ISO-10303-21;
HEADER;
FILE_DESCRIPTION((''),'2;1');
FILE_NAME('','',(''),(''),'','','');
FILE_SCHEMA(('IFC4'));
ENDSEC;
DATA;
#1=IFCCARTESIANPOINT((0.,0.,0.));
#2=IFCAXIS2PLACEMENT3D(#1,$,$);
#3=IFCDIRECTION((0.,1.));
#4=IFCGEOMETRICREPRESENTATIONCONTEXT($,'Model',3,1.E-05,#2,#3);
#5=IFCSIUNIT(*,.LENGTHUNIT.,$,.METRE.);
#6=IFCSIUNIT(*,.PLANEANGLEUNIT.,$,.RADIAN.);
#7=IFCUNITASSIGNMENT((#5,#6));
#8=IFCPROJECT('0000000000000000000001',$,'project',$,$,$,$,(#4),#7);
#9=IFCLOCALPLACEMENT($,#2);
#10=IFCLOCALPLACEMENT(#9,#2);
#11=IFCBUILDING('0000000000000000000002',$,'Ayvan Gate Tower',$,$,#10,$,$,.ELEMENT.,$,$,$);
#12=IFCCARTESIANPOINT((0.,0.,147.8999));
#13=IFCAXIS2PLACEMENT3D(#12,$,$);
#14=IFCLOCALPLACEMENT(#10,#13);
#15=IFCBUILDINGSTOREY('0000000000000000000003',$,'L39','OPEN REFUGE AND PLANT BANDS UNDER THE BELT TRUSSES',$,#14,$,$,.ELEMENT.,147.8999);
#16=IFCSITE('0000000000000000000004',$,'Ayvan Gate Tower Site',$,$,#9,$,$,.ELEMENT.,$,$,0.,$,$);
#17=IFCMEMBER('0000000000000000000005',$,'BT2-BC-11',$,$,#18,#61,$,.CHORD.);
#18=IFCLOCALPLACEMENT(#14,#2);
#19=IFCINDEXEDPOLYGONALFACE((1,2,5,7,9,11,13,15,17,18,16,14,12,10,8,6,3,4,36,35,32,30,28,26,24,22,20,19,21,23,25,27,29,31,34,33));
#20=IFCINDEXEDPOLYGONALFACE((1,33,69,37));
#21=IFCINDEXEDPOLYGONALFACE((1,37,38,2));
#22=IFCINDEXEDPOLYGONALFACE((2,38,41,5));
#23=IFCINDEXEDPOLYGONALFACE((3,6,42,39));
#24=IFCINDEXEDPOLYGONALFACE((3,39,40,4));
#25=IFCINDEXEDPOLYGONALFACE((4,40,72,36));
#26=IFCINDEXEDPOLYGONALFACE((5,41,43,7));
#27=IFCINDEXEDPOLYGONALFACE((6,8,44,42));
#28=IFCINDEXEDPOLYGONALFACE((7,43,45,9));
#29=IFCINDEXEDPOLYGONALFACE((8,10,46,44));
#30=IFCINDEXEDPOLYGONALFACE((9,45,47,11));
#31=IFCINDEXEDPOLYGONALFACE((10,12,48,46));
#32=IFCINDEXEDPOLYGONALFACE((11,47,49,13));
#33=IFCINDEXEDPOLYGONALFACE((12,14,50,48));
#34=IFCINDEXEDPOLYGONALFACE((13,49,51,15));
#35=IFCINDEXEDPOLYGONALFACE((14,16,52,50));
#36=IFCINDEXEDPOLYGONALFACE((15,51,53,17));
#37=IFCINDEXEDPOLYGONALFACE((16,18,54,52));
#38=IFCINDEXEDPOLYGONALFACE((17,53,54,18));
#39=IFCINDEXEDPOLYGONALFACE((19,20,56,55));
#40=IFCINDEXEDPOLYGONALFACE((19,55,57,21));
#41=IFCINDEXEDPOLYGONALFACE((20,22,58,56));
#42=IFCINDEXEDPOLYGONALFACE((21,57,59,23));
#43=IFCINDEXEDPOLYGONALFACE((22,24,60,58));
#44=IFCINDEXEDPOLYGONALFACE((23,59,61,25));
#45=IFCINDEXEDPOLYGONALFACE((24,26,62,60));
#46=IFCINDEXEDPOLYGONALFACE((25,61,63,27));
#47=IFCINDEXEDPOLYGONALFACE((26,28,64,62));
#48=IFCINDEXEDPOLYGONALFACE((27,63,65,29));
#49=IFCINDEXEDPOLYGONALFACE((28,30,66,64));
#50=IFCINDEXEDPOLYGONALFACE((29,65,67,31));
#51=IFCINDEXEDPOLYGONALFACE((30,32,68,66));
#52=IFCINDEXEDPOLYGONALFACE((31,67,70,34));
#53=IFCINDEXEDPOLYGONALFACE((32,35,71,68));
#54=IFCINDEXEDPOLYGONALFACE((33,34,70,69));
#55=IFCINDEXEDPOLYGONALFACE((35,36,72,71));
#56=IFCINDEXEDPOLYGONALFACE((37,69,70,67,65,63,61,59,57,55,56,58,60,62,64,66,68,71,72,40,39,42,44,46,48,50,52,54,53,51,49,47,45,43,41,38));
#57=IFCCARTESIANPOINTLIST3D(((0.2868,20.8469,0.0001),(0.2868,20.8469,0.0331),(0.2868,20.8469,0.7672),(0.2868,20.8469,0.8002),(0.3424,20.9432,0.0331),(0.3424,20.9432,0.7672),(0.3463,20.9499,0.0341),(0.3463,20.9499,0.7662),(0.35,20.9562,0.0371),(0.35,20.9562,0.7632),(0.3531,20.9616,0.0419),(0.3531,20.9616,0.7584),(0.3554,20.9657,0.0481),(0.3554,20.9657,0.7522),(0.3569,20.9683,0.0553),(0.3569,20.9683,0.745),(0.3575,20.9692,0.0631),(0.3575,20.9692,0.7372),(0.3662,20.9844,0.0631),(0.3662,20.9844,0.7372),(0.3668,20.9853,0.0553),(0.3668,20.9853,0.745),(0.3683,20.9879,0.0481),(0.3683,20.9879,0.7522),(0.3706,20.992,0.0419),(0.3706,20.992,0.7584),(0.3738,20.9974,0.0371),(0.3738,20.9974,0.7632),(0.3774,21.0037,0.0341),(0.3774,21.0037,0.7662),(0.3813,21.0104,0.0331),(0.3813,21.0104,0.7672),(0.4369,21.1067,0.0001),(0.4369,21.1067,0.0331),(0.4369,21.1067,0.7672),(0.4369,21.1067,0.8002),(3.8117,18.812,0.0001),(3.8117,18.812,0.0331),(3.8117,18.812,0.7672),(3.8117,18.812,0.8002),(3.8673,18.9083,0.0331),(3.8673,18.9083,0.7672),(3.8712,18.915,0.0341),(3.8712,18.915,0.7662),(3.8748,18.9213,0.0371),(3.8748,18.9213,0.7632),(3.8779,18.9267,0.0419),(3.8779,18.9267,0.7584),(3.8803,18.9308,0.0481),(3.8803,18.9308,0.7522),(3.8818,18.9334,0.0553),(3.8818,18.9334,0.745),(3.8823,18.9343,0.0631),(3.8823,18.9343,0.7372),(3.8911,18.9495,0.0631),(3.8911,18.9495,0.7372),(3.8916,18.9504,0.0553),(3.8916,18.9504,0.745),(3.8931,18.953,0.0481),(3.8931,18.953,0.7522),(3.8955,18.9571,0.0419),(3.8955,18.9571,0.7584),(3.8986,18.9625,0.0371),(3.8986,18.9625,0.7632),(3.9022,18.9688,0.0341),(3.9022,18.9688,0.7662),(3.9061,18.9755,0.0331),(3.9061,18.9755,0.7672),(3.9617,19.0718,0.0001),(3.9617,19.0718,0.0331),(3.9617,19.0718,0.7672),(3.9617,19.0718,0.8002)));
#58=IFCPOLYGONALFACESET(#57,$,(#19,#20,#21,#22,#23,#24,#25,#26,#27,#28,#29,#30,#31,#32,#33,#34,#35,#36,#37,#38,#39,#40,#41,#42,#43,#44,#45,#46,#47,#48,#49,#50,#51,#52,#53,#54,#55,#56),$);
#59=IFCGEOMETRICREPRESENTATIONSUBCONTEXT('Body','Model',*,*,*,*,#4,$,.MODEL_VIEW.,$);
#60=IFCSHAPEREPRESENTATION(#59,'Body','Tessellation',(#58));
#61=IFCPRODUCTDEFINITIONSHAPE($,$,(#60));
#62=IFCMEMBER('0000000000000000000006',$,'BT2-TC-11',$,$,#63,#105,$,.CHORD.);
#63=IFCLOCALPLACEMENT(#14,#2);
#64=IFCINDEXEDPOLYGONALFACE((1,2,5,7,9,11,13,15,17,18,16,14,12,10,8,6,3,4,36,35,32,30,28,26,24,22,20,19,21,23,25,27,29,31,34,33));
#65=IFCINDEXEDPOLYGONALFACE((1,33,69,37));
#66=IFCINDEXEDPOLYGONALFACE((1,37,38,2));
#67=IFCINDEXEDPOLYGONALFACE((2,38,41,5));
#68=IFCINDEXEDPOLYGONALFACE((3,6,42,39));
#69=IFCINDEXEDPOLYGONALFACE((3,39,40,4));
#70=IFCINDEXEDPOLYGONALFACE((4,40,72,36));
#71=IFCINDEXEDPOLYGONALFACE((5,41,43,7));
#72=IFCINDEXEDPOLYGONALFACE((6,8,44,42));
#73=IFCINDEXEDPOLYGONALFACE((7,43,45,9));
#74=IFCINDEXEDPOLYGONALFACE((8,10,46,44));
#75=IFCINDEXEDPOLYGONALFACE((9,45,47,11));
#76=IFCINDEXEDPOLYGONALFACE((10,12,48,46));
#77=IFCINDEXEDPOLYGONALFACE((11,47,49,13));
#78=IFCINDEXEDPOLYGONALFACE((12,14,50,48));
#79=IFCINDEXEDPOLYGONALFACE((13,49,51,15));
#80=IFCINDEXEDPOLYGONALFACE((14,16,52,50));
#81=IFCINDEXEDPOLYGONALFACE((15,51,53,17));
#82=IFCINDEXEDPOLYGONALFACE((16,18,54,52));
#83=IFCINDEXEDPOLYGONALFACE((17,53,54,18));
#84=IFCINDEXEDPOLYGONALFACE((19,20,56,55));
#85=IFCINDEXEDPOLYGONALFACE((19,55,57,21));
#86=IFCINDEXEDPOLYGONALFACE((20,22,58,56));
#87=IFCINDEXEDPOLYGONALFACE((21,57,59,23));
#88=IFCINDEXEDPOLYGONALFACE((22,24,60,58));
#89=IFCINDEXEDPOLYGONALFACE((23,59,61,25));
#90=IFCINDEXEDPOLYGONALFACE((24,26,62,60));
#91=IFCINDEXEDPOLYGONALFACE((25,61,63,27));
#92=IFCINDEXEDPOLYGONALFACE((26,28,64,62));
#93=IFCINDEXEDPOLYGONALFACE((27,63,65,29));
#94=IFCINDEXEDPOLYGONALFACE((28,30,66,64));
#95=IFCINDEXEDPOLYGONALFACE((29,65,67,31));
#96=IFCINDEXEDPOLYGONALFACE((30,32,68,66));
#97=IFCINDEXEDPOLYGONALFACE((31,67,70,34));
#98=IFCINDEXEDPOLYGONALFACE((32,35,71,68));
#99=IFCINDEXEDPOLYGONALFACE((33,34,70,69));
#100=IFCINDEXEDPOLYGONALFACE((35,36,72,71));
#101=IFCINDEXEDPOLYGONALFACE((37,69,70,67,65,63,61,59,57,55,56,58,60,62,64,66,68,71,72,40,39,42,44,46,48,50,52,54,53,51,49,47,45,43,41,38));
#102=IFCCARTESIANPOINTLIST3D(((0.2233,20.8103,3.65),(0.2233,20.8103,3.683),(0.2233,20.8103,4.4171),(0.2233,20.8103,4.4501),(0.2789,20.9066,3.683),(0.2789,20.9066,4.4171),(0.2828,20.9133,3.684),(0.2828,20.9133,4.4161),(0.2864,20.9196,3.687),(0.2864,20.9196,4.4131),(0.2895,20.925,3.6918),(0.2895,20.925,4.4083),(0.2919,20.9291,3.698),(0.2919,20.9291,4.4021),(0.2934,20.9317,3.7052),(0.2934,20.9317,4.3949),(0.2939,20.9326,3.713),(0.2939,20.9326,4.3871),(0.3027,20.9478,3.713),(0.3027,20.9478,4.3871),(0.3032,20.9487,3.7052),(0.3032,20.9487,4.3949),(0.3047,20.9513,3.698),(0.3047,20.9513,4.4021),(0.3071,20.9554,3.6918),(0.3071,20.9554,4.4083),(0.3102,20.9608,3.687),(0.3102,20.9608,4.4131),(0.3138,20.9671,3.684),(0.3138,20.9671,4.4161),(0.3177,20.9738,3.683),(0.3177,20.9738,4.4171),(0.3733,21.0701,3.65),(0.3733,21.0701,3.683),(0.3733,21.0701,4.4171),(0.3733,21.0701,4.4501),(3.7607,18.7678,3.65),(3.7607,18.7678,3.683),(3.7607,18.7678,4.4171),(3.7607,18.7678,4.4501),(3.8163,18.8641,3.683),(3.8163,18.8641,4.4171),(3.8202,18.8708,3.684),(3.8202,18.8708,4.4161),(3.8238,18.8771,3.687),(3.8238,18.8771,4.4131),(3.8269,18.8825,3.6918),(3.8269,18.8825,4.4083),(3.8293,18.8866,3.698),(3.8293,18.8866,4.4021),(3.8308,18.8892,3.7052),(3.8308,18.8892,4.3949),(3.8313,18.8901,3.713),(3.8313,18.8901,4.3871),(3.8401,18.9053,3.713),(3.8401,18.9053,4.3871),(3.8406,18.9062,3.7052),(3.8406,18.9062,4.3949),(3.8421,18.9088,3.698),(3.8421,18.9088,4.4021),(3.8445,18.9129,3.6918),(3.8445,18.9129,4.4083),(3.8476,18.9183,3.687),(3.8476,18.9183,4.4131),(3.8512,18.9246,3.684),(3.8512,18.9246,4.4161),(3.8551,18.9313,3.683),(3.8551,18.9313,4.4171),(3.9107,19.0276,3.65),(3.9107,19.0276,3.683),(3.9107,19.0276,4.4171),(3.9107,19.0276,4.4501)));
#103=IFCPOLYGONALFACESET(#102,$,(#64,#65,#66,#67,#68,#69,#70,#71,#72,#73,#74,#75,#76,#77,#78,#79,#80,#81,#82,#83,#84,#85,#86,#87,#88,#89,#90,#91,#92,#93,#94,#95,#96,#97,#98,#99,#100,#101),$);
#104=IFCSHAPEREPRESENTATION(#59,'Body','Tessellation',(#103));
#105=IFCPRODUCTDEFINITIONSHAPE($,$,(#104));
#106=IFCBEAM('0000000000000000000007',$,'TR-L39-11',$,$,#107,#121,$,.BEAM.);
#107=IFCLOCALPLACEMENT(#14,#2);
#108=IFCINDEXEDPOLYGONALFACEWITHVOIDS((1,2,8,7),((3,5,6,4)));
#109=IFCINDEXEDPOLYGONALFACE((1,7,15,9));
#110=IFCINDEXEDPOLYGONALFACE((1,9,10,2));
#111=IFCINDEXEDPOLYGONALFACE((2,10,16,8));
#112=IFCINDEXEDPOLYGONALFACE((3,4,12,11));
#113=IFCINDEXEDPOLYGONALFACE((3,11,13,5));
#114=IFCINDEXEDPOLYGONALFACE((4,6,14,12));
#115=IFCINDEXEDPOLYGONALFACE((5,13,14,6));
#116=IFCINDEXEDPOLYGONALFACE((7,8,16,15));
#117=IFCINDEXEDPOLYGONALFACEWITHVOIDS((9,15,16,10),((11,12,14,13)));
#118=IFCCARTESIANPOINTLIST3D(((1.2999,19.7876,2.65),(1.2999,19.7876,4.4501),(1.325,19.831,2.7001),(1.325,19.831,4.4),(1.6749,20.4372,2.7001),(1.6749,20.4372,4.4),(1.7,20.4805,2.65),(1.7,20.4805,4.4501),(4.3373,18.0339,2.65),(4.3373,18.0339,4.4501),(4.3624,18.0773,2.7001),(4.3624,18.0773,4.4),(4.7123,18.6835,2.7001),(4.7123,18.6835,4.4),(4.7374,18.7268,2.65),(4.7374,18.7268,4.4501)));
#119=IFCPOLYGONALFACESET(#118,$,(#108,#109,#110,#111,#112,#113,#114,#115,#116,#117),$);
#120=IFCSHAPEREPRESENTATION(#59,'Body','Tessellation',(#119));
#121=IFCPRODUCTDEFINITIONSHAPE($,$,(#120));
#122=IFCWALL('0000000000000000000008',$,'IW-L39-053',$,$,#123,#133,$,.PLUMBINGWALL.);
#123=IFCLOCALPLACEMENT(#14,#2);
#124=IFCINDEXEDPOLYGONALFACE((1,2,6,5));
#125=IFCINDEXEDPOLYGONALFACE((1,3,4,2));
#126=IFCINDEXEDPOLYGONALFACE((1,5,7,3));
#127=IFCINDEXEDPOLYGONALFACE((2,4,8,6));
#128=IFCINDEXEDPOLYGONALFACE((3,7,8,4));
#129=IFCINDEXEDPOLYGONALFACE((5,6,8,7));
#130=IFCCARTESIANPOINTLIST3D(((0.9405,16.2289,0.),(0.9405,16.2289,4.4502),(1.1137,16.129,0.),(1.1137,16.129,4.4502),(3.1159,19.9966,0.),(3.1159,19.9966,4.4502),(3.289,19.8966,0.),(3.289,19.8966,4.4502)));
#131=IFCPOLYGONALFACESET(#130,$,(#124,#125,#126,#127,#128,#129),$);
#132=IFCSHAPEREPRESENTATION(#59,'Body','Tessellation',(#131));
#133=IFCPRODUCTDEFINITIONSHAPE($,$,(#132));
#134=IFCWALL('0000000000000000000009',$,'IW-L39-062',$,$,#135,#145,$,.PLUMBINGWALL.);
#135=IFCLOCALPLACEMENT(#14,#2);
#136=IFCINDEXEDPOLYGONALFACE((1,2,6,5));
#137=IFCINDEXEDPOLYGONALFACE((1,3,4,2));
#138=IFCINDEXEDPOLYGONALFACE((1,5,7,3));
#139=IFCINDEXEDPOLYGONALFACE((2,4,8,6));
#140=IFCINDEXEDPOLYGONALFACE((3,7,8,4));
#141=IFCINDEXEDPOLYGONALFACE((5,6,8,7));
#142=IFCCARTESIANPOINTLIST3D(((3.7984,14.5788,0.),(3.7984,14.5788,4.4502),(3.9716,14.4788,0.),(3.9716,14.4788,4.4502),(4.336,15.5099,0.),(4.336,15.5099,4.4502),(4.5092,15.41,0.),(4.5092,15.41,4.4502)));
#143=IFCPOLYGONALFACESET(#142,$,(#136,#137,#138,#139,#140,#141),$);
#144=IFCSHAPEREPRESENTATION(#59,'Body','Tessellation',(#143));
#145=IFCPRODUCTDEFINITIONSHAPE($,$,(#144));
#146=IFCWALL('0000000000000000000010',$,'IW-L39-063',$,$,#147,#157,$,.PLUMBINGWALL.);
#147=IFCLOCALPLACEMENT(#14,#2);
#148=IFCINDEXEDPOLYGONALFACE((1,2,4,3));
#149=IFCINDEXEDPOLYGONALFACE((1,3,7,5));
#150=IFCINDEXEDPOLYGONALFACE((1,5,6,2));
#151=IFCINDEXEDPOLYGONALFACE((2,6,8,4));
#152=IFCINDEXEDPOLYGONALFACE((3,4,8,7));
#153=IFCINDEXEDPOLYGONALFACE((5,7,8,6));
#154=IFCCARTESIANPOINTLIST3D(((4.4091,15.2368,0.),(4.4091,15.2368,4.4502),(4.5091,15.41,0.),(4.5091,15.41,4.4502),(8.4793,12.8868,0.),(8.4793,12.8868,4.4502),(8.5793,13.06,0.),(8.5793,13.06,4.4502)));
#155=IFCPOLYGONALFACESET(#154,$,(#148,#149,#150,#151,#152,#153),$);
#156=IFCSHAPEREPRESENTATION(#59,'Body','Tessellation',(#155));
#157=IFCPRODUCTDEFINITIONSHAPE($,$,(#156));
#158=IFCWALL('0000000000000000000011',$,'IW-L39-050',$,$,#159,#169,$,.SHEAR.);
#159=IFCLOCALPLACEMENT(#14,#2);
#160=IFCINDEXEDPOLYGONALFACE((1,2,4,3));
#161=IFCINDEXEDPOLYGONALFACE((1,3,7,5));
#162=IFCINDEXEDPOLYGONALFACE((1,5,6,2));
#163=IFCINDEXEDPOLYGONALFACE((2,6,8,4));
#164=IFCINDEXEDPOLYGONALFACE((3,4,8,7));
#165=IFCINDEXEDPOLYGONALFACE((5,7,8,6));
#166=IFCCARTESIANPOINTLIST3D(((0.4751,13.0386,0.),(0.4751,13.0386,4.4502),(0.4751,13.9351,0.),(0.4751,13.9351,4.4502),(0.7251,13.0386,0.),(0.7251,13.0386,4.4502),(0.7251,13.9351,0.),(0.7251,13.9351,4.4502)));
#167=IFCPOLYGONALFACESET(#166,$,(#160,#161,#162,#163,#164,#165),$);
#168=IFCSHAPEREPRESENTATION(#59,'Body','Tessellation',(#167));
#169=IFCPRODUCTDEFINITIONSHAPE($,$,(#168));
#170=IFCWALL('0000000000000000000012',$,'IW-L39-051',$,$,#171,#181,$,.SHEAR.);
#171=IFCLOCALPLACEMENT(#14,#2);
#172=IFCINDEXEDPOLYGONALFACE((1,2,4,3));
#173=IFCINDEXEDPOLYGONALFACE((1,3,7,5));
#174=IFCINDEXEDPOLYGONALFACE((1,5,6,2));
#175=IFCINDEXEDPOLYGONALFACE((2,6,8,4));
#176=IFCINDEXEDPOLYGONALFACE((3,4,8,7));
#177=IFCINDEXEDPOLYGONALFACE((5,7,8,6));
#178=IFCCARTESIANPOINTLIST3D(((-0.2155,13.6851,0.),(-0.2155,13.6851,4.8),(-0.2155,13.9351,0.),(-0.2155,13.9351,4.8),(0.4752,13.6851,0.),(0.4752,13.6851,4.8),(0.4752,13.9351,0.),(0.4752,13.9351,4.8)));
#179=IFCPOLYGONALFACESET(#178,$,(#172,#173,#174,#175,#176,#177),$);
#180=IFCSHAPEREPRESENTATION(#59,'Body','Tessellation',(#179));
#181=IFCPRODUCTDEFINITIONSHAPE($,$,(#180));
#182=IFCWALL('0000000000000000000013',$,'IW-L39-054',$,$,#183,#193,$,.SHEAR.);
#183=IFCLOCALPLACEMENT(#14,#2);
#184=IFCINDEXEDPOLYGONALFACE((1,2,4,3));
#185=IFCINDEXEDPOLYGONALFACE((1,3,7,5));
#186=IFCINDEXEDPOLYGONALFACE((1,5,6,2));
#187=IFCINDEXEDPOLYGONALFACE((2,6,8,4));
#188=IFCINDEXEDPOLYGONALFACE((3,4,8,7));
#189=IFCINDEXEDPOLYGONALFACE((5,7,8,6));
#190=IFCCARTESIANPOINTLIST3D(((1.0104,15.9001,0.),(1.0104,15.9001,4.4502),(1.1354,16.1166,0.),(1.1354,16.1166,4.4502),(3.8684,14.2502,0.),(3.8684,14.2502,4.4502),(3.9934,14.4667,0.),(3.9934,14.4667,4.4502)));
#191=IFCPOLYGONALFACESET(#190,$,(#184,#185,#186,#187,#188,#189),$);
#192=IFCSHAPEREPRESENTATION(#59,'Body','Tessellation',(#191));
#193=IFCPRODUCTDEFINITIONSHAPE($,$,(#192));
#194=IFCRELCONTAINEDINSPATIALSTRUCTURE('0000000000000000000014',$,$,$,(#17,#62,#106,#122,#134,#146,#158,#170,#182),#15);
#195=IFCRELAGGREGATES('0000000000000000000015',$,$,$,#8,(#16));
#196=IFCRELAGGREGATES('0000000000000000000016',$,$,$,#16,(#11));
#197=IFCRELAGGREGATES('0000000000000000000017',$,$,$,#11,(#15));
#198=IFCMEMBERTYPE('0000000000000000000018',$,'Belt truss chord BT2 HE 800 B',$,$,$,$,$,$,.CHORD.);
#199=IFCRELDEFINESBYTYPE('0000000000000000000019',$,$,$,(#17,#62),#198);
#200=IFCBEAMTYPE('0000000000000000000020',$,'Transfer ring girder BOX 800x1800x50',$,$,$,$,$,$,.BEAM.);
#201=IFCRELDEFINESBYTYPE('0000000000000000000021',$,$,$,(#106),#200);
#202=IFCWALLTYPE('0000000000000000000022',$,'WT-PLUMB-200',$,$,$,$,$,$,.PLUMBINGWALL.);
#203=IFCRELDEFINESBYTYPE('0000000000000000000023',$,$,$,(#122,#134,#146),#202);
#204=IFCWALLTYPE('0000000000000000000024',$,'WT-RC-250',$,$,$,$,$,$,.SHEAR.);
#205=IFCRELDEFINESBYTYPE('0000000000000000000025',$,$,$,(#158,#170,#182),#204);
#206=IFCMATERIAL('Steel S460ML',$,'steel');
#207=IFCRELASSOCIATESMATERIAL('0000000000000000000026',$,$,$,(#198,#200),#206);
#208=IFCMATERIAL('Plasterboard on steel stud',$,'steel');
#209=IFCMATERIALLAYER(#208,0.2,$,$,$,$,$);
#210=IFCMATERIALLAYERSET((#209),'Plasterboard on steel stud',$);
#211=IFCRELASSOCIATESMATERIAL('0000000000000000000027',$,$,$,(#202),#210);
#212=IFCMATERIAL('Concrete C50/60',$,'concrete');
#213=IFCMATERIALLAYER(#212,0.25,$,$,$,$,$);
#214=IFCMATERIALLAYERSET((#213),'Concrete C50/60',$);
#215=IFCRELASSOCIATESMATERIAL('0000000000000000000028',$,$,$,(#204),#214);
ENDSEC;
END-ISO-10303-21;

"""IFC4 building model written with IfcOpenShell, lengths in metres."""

from ifc_helpers import new_model, si_unit, direction, frame, frame_2d, origin, origin_2d, place, context, subcontext, project, spatial, rectangle, hollow_rectangle, i_section, extrude, material, layer, layer_set, material_profile, profile_set, type_object, element, save


model = new_model("IFC4")

# Units and contexts
model_context = context("Model", 3, precision=1e-05, world=origin(), true_north=direction((0.0, 1.0)))
body_context = subcontext(model_context, "Body", "Model", "MODEL_VIEW")
ifc_project = project(units=[si_unit("LENGTHUNIT", "METRE"), si_unit("PLANEANGLEUNIT", "RADIAN")], contexts=[model_context])

# Site, building, storey
site_placement = place(None, origin())
site = spatial("IfcSite", under=ifc_project, at=site_placement, Name="Ayvan Gate Tower Site", CompositionType="ELEMENT", RefElevation=0.0)
building_placement = place(site_placement, origin())
building = spatial("IfcBuilding", under=site, at=building_placement, Name="Ayvan Gate Tower", CompositionType="ELEMENT")
storey_placement = place(building_placement, frame((0.0, 0.0, 147.8999)))
storey = spatial("IfcBuildingStorey", under=building, at=storey_placement, Name="L39", Description="OPEN REFUGE AND PLANT BANDS UNDER THE BELT TRUSSES", CompositionType="ELEMENT", Elevation=147.8999)

# Members
ifc_material_1 = material(Name="Steel S460ML", Category="steel")
ifc_material_profile_1 = material_profile(ifc_material_1, i_section(OverallWidth=0.3, OverallDepth=0.8, WebThickness=0.0176, FlangeThickness=0.033, FilletRadius=0.03, at=origin_2d()), Name="HE 800 B")
ifc_profile_set_1 = profile_set([ifc_material_profile_1], Name="Steel S460ML")
member_type_1 = type_object("IfcMemberType", Name="Belt truss chord BT2 HE 800 B", PredefinedType="CHORD", material=ifc_profile_set_1)
member_1_placement = place(storey_placement, frame((3.8867, 18.9419, 0.4001), z_axis=(-0.866046, 0.499965, 0.0), x_axis=(-0.499965, -0.866046, 0.0)))
element("IfcMember", 1, at=member_1_placement, inside=storey, type_object=member_type_1, Name="BT2-BC-11", PredefinedType="CHORD", context=body_context, shape_type="SweptSolid", body=[
    extrude(i_section(OverallWidth=0.3, OverallDepth=0.8, WebThickness=0.0176, FlangeThickness=0.033, FilletRadius=0.03, at=origin_2d()), origin(), (0.0, 0.0, 1.0), 4.0701),
])
member_2_placement = place(storey_placement, frame((3.8357, 18.8977, 4.05), z_axis=(-0.866005, 0.500035, 0.0), x_axis=(-0.500035, -0.866005, 0.0)))
element("IfcMember", 2, at=member_2_placement, inside=storey, type_object=member_type_1, Name="BT2-TC-11", PredefinedType="CHORD", context=body_context, shape_type="SweptSolid", body=[
    extrude(i_section(OverallWidth=0.3, OverallDepth=0.8, WebThickness=0.0176, FlangeThickness=0.033, FilletRadius=0.03, at=origin_2d()), origin(), (0.0, 0.0, 1.0), 4.0847),
])

# Beam
ifc_material_profile_2 = material_profile(ifc_material_1, hollow_rectangle(XDim=0.8, YDim=1.8, WallThickness=0.05, at=origin_2d()), Name="BOX 800x1800x50")
ifc_profile_set_2 = profile_set([ifc_material_profile_2], Name="Steel S460ML")
beam_type = type_object("IfcBeamType", Name="Transfer ring girder BOX 800x1800x50", PredefinedType="BEAM", material=ifc_profile_set_2)
beam_placement = place(storey_placement, frame((4.5374, 18.3804, 3.55), z_axis=(-0.86602, 0.50001, 0.0), x_axis=(-0.50001, -0.86602, 0.0)))
element("IfcBeam", 3, at=beam_placement, inside=storey, type_object=beam_type, Name="TR-L39-11", PredefinedType="BEAM", context=body_context, shape_type="SweptSolid", body=[
    extrude(hollow_rectangle(XDim=0.8, YDim=1.8, WallThickness=0.05, at=origin_2d()), origin(), (0.0, 0.0, 1.0), 3.5073),
])

# Walls
ifc_material_2 = material(Name="Plasterboard on steel stud", Category="steel")
ifc_layer_1 = layer(ifc_material_2, 0.2)
ifc_layer_set_1 = layer_set([ifc_layer_1], Name="Plasterboard on steel stud")
wall_type_1 = type_object("IfcWallType", Name="WT-PLUMB-200", PredefinedType="PLUMBINGWALL", material=ifc_layer_set_1)
wall_1_placement = place(storey_placement, frame((1.0271, 16.179, 0.0), z_axis=(0.0, 0.0, 1.0), x_axis=(0.500014, 0.866017, 0.0)))
element("IfcWall", 4, at=wall_1_placement, inside=storey, type_object=wall_type_1, Name="IW-L39-053", PredefinedType="PLUMBINGWALL", context=body_context, shape_type="SweptSolid", body=[
    extrude(rectangle(XDim=4.3506, YDim=0.2, at=frame_2d((2.1753, 0.0))), origin(), (0.0, 0.0, 1.0), 4.4502),
])
wall_2_placement = place(storey_placement, frame((3.885, 14.5288, 0.0), z_axis=(0.0, 0.0, 1.0), x_axis=(0.499998, 0.866027, 0.0)))
element("IfcWall", 5, at=wall_2_placement, inside=storey, type_object=wall_type_1, Name="IW-L39-062", PredefinedType="PLUMBINGWALL", context=body_context, shape_type="SweptSolid", body=[
    extrude(rectangle(XDim=1.0752, YDim=0.2, at=frame_2d((0.5376, 0.0))), origin(), (0.0, 0.0, 1.0), 4.4502),
])
wall_3_placement = place(storey_placement, frame((4.459, 15.3235, 0.0), z_axis=(0.0, 0.0, 1.0), x_axis=(0.866016, -0.500016, 0.0)))
element("IfcWall", 6, at=wall_3_placement, inside=storey, type_object=wall_type_1, Name="IW-L39-063", PredefinedType="PLUMBINGWALL", context=body_context, shape_type="SweptSolid", body=[
    extrude(rectangle(XDim=4.7, YDim=0.2, at=frame_2d((2.3501, 0.0))), origin(), (0.0, 0.0, 1.0), 4.4502),
])
ifc_material_3 = material(Name="Concrete C50/60", Category="concrete")
ifc_layer_2 = layer(ifc_material_3, 0.25)
ifc_layer_set_2 = layer_set([ifc_layer_2], Name="Concrete C50/60")
wall_type_2 = type_object("IfcWallType", Name="WT-RC-250", PredefinedType="SHEAR", material=ifc_layer_set_2)
wall_4_placement = place(storey_placement, frame((0.6001, 13.0386, 0.0), z_axis=(0.0, 0.0, 1.0), x_axis=(0.0, 1.0, 0.0)))
element("IfcWall", 7, at=wall_4_placement, inside=storey, type_object=wall_type_2, Name="IW-L39-050", PredefinedType="SHEAR", context=body_context, shape_type="SweptSolid", body=[
    extrude(rectangle(XDim=0.8965, YDim=0.25, at=frame_2d((0.4482, 0.0))), origin(), (0.0, 0.0, 1.0), 4.4502),
])
wall_5_placement = place(storey_placement, frame((0.4751, 13.8101, 0.0), z_axis=(0.0, 0.0, 1.0), x_axis=(-1.0, 0.0, 0.0)))
element("IfcWall", 8, at=wall_5_placement, inside=storey, type_object=wall_type_2, Name="IW-L39-051", PredefinedType="SHEAR", context=body_context, shape_type="SweptSolid", body=[
    extrude(rectangle(XDim=0.6907, YDim=0.25, at=frame_2d((0.3452, 0.0))), origin(), (0.0, 0.0, 1.0), 4.8),
])
wall_6_placement = place(storey_placement, frame((1.073, 16.0083, 0.0), z_axis=(0.0, 0.0, 1.0), x_axis=(0.86604, -0.499974, 0.0)))
element("IfcWall", 9, at=wall_6_placement, inside=storey, type_object=wall_type_2, Name="IW-L39-054", PredefinedType="SHEAR", context=body_context, shape_type="SweptSolid", body=[
    extrude(rectangle(XDim=3.3, YDim=0.25, at=frame_2d((1.6499, 0.0))), origin(), (0.0, 0.0, 1.0), 4.4502),
])

save(model, "model.ifc")
